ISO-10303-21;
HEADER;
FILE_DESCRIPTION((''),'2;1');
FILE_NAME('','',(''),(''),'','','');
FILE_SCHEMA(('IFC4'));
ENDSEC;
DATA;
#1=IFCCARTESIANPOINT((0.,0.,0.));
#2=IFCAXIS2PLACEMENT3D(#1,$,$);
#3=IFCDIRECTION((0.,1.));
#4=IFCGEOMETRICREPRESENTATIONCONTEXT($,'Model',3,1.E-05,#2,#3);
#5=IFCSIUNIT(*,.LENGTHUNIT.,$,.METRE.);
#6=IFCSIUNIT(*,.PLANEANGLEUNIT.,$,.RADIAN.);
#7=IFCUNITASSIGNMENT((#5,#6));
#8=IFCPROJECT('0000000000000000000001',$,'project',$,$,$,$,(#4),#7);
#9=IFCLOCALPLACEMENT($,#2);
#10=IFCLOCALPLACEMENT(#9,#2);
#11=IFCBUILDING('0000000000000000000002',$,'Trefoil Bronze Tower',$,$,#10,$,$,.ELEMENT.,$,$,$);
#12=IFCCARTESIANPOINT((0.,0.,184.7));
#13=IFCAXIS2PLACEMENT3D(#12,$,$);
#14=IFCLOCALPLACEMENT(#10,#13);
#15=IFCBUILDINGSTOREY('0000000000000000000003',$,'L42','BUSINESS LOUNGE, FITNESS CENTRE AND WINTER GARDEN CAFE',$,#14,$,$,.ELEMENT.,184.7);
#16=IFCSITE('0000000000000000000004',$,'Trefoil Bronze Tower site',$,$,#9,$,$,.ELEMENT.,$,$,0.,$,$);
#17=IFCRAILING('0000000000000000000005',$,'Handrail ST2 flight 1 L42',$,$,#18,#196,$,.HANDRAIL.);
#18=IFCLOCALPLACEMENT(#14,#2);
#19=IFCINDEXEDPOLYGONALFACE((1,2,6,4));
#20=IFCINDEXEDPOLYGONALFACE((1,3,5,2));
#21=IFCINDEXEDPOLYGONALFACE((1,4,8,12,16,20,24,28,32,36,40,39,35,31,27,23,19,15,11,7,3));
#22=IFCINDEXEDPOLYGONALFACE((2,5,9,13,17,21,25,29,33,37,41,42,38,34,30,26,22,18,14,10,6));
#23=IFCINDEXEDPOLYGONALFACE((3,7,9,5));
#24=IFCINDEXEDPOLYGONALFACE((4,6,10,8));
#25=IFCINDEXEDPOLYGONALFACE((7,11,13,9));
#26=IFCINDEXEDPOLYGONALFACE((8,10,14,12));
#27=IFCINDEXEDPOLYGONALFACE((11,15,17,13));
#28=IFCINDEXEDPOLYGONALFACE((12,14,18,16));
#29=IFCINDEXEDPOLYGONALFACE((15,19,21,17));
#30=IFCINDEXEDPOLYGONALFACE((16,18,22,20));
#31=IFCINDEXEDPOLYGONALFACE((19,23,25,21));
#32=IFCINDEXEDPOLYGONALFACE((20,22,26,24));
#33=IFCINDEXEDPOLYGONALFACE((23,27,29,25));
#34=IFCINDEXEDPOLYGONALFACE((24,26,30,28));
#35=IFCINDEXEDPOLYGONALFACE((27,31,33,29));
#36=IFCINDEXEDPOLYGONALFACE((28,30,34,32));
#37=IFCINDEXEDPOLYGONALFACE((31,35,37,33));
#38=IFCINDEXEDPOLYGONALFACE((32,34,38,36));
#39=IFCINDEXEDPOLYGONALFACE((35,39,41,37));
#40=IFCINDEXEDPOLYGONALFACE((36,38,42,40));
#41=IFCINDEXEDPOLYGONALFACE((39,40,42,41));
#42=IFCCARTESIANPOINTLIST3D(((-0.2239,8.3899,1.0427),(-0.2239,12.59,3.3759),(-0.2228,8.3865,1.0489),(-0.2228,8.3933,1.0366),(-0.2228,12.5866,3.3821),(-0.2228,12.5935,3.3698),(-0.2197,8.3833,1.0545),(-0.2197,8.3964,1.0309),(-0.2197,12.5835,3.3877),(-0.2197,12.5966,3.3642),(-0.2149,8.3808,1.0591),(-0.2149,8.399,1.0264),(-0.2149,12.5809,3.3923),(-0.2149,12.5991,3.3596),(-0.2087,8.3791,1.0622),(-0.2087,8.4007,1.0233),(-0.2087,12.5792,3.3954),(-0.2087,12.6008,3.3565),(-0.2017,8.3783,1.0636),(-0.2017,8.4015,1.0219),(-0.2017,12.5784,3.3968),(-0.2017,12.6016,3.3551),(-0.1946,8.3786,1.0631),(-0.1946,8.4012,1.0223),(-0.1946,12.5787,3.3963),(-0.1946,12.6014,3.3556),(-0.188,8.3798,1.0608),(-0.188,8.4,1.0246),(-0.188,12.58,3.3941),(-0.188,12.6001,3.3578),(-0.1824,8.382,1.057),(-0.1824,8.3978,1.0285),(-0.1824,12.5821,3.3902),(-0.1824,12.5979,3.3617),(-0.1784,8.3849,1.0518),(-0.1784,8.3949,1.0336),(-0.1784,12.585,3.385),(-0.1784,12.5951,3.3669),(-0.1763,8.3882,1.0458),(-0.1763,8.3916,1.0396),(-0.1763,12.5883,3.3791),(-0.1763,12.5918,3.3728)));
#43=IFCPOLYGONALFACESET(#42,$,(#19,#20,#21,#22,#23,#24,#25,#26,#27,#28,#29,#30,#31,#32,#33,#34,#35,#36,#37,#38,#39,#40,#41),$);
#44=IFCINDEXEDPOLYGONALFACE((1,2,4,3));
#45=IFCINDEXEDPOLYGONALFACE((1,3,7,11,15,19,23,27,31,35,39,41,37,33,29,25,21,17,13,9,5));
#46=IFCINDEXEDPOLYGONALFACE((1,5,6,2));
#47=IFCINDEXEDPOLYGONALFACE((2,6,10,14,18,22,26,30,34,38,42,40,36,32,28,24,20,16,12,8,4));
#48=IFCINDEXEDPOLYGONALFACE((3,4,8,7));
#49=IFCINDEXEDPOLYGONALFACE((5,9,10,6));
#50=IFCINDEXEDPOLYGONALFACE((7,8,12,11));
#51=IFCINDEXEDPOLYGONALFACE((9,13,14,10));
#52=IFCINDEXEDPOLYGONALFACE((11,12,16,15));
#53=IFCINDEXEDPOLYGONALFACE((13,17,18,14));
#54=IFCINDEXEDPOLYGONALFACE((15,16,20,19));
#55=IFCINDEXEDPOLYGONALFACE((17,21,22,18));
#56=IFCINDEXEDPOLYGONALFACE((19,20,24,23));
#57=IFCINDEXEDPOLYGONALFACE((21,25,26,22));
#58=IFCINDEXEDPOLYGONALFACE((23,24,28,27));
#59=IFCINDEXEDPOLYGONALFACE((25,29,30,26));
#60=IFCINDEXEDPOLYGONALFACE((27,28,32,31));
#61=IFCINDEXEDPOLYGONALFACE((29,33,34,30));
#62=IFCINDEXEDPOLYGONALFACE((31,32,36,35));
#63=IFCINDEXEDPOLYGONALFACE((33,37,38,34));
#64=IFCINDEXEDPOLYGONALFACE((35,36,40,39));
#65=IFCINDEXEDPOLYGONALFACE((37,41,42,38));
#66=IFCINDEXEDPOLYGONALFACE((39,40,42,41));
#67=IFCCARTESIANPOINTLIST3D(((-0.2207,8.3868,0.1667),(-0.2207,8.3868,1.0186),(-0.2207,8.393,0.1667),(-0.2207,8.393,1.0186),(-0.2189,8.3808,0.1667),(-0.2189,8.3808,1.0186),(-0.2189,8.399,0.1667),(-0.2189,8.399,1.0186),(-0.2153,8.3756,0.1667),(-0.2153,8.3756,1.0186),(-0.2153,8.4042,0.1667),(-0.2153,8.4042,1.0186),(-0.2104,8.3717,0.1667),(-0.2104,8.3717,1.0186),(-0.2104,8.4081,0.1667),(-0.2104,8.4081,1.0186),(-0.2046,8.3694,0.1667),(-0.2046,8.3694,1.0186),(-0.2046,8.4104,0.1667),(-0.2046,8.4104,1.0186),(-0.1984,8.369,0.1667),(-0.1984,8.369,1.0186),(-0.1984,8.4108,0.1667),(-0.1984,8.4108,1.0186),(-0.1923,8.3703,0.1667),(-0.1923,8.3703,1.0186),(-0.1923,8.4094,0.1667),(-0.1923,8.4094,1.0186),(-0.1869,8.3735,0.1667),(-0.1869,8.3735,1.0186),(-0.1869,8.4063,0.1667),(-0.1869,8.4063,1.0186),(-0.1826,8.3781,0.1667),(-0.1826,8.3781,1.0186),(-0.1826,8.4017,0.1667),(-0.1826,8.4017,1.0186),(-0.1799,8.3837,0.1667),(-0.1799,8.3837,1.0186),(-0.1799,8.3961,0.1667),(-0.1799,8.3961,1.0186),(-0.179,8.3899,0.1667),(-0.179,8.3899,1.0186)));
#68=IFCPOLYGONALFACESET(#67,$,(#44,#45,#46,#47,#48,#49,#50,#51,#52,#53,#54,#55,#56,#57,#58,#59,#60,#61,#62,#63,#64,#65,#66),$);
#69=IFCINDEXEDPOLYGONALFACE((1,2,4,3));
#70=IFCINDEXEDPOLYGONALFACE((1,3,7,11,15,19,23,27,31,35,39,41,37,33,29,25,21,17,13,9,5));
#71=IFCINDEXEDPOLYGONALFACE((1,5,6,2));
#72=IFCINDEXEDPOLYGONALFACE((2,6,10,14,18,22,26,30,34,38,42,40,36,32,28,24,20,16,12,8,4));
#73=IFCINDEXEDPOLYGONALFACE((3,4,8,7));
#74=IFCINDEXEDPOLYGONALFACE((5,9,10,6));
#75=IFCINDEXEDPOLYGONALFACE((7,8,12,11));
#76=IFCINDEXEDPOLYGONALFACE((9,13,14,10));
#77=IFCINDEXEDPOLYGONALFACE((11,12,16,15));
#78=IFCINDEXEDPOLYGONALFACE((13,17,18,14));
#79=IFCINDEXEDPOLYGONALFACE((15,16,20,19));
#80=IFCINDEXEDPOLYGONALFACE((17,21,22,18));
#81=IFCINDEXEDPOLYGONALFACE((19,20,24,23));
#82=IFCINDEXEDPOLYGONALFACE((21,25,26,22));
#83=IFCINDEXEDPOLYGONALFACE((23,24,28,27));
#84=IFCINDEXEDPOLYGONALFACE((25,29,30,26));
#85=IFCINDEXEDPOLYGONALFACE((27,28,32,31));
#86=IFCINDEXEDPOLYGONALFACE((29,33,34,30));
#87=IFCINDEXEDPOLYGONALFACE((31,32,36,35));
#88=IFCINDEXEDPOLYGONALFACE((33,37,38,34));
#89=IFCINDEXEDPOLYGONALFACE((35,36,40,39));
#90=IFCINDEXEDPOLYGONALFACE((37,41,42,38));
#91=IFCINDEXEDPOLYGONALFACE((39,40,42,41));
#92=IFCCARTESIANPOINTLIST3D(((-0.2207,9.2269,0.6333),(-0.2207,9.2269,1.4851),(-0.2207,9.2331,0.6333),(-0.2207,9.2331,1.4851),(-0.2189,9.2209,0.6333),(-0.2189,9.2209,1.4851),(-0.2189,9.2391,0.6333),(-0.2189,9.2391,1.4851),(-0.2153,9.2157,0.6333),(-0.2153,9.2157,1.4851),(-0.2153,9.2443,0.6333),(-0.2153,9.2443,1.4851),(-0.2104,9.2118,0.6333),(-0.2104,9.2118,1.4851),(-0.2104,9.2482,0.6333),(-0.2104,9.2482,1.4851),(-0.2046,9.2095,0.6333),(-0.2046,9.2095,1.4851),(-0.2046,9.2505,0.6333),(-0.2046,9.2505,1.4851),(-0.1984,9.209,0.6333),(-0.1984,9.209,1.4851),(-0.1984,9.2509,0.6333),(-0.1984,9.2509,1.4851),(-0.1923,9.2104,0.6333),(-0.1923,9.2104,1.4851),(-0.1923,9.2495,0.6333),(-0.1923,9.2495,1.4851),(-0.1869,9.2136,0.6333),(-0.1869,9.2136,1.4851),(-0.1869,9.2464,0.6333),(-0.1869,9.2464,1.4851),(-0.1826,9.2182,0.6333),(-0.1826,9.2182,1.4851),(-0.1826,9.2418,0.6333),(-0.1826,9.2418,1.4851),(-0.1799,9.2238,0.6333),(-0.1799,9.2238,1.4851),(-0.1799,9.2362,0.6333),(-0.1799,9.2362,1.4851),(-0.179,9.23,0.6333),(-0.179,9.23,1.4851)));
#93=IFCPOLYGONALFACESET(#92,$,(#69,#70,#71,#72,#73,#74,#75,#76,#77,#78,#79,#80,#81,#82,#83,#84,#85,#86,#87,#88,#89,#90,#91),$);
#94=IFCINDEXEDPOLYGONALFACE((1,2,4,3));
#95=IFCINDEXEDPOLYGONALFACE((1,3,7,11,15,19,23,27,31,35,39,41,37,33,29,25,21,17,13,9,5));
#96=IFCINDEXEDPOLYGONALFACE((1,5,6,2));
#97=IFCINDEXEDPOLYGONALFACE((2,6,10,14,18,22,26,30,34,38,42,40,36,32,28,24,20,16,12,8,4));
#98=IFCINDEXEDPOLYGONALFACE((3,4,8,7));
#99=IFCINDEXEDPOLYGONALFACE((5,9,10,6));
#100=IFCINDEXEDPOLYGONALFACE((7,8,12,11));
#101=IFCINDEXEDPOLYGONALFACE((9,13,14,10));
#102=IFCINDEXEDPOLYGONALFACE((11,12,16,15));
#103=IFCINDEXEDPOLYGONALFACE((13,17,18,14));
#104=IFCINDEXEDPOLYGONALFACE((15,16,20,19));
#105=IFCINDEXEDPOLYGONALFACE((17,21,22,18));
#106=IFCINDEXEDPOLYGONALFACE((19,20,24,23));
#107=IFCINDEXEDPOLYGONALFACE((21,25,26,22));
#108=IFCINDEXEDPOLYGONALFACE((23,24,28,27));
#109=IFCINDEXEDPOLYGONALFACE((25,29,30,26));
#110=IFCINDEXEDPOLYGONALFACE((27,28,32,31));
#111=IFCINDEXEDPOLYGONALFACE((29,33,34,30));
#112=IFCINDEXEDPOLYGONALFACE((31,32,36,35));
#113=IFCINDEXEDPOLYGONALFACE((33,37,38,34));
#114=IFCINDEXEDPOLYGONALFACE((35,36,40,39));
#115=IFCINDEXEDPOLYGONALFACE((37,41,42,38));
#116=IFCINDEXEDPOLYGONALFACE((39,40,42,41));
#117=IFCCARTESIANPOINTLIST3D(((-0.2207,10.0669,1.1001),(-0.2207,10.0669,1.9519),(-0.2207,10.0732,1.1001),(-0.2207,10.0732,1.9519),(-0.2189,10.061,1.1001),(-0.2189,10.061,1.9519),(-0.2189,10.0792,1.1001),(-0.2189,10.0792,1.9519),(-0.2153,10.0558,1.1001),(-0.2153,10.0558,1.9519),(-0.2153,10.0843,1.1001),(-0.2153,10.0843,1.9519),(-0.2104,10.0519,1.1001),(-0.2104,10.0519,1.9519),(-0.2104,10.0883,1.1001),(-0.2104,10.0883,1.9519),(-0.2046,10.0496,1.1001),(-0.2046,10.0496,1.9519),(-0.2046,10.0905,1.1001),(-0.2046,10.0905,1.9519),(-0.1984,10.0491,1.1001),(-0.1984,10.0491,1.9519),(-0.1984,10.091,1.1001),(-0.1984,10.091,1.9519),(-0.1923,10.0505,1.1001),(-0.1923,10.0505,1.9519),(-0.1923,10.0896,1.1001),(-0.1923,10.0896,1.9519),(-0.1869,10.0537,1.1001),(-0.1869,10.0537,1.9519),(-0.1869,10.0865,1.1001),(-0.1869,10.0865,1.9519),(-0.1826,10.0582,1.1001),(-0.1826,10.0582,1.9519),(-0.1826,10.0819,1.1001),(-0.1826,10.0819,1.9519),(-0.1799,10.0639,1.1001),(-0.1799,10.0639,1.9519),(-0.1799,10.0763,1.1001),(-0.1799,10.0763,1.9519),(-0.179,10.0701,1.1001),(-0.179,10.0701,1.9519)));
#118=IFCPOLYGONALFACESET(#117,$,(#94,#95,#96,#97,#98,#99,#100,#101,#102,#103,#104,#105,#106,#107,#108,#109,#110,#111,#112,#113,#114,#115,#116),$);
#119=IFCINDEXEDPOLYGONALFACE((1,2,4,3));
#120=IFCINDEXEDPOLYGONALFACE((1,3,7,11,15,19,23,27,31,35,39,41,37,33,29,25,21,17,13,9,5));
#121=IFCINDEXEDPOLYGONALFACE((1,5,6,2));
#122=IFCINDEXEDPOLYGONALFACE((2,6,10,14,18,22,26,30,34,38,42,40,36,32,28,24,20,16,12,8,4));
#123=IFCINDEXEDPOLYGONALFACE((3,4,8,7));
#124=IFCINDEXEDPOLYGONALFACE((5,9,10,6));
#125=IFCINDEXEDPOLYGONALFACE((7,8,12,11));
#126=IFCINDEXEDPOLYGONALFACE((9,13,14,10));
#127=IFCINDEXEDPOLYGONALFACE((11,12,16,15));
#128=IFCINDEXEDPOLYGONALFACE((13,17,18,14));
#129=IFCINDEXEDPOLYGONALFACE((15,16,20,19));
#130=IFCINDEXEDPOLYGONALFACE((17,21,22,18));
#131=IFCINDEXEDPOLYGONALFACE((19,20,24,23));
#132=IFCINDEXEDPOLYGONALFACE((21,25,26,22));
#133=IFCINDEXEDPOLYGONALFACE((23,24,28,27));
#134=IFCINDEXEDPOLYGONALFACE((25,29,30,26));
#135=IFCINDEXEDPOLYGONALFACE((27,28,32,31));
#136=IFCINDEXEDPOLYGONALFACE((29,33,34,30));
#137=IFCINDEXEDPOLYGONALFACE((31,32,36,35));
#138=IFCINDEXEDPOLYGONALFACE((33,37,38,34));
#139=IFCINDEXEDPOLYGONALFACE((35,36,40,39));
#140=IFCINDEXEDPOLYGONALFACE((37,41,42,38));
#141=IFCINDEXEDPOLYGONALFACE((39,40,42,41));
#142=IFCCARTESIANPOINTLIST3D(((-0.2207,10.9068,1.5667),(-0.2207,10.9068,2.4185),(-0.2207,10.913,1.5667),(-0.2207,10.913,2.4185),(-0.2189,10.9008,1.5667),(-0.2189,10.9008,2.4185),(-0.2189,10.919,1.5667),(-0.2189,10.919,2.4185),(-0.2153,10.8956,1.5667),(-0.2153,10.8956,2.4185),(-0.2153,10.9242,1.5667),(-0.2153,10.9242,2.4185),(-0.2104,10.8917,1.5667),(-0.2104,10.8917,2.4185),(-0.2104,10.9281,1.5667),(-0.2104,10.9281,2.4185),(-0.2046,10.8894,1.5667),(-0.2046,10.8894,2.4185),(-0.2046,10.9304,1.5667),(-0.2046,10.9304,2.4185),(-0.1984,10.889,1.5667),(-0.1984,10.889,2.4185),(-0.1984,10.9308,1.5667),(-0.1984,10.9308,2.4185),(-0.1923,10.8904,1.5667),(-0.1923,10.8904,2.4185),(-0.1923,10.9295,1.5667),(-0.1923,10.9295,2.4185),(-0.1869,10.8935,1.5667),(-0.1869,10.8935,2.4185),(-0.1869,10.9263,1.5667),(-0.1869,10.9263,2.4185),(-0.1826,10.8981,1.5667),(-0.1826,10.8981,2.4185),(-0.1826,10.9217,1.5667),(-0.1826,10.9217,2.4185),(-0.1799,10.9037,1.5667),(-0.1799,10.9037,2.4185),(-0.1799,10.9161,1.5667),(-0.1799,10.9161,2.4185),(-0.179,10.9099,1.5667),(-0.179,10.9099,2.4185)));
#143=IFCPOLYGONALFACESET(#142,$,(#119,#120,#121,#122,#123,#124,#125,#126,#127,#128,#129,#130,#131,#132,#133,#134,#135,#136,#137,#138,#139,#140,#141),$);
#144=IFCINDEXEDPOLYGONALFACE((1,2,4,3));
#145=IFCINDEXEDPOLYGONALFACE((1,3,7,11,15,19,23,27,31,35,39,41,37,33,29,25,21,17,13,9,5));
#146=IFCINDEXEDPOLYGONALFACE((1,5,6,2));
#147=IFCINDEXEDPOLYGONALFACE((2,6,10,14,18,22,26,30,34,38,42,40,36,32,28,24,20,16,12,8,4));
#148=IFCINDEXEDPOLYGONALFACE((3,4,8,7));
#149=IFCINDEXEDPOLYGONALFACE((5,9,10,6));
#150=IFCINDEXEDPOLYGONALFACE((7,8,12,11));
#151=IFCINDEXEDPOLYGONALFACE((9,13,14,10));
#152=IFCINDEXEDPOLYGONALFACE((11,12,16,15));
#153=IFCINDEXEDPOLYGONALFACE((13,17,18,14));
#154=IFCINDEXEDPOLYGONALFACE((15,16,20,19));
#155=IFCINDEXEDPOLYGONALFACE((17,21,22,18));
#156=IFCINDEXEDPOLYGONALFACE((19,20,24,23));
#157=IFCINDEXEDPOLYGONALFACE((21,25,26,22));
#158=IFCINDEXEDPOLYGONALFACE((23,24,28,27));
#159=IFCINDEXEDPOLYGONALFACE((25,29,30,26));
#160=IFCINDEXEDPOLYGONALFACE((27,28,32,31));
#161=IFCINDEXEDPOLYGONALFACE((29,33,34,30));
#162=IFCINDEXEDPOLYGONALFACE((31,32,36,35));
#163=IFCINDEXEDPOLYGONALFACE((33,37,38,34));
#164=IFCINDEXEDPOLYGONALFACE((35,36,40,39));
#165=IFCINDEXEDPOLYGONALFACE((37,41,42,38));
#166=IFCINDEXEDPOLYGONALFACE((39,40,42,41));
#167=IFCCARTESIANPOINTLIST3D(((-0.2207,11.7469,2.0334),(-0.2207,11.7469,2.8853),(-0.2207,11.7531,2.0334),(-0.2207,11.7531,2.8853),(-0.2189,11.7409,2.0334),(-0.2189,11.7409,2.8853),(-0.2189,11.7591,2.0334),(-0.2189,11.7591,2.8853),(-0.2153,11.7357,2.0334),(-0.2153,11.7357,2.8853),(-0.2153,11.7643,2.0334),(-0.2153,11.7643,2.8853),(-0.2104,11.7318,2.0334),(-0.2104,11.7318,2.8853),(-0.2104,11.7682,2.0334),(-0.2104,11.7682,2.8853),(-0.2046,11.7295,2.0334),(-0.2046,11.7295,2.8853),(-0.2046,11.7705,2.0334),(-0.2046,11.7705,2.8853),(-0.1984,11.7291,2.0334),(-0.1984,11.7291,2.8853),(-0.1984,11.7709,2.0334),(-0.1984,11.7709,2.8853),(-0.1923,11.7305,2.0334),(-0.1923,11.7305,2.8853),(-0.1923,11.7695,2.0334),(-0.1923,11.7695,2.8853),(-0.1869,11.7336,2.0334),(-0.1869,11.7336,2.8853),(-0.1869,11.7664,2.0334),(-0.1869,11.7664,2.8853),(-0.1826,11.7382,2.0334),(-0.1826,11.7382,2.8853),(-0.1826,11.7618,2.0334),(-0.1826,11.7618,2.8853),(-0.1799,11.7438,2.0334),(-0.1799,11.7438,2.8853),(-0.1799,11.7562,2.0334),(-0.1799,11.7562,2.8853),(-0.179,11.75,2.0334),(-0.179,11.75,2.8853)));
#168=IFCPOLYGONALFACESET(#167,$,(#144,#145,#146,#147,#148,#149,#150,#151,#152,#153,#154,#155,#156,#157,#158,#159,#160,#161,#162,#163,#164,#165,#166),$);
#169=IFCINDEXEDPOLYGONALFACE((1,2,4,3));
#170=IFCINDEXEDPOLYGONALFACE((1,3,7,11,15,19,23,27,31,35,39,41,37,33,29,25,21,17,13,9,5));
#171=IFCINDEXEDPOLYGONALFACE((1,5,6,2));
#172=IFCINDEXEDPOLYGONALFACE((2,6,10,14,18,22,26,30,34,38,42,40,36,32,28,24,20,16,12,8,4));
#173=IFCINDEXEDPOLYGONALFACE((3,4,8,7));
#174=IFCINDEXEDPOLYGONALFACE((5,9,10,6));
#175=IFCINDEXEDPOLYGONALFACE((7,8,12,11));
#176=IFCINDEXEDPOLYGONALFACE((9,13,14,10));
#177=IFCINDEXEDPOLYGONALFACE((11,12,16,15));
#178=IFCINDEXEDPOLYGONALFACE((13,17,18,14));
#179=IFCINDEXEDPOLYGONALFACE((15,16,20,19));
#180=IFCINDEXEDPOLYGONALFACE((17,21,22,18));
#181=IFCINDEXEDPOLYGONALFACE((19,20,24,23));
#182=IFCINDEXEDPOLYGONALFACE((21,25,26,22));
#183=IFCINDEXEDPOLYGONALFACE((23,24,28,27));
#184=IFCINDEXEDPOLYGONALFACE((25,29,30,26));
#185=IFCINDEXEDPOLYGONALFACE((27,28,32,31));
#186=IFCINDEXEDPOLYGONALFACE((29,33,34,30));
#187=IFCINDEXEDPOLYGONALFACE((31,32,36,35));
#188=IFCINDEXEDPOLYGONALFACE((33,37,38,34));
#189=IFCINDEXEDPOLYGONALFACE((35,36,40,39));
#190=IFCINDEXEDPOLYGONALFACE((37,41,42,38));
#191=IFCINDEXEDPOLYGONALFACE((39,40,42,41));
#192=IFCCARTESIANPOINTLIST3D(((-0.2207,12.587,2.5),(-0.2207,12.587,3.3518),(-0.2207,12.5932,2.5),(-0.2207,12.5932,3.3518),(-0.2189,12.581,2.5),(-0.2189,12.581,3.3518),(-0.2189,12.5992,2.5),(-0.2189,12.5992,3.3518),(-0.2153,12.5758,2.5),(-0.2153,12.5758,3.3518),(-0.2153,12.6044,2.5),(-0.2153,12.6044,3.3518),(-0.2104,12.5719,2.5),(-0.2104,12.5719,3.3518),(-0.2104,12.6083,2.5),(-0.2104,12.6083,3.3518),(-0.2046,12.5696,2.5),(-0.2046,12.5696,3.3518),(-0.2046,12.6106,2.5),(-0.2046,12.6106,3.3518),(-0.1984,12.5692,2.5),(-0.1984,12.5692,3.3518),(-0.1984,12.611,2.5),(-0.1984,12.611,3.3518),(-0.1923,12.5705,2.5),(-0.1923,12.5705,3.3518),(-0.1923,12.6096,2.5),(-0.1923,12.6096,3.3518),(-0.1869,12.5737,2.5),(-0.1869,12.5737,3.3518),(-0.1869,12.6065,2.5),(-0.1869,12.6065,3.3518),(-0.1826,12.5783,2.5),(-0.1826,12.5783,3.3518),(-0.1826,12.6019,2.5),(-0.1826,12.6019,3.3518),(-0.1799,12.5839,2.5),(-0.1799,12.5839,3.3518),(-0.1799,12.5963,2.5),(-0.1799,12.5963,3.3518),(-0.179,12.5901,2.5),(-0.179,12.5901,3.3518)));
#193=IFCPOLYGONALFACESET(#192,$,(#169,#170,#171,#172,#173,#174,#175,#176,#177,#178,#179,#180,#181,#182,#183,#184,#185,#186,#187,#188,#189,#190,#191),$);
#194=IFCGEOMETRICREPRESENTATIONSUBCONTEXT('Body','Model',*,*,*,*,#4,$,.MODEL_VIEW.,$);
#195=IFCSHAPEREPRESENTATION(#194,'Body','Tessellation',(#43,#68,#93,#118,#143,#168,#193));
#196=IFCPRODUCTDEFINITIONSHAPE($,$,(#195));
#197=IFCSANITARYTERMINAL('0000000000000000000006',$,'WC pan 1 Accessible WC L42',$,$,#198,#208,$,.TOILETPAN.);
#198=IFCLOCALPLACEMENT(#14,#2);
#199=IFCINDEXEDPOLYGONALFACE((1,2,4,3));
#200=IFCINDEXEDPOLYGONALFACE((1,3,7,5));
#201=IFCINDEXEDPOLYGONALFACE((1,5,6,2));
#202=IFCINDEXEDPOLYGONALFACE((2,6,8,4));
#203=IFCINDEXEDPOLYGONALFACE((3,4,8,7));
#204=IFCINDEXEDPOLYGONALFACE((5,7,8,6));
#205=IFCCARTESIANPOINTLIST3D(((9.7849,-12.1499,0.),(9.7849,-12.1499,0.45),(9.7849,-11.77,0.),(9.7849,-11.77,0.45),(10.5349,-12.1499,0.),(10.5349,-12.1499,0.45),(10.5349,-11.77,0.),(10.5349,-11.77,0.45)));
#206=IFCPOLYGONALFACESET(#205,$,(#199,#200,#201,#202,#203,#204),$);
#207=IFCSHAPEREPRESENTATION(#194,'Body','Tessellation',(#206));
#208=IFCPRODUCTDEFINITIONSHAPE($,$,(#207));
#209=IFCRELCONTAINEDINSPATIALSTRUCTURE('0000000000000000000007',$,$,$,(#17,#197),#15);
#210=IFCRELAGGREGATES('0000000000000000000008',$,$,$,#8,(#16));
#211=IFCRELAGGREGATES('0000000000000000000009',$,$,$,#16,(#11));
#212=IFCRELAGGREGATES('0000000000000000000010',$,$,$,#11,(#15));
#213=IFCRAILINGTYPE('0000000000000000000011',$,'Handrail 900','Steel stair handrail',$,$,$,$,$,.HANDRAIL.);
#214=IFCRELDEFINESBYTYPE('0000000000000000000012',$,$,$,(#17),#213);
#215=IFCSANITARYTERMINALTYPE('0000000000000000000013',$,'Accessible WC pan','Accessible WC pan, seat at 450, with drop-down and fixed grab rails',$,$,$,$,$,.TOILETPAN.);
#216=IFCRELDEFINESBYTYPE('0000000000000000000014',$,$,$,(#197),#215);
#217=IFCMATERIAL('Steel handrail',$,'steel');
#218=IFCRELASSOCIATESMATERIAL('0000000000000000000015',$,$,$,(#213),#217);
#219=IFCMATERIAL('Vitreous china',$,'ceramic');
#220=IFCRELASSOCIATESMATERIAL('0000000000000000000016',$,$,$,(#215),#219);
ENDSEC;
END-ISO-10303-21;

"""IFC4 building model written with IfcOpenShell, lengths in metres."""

from ifc_helpers import new_model, si_unit, direction, frame, origin, origin_2d, place, context, subcontext, project, spatial, polyline, circle, outline, extrude, material, type_object, element, save


model = new_model("IFC4")

# Units and contexts
model_context = context("Model", 3, precision=1e-05, world=origin(), true_north=direction((0.0, 1.0)))
body_context = subcontext(model_context, "Body", "Model", "MODEL_VIEW")
ifc_project = project(units=[si_unit("LENGTHUNIT", "METRE"), si_unit("PLANEANGLEUNIT", "RADIAN")], contexts=[model_context])

# Site, building, storey
site_placement = place(None, origin())
site = spatial("IfcSite", under=ifc_project, at=site_placement, Name="Trefoil Bronze Tower site", CompositionType="ELEMENT", RefElevation=0.0)
building_placement = place(site_placement, origin())
building = spatial("IfcBuilding", under=site, at=building_placement, Name="Trefoil Bronze Tower", CompositionType="ELEMENT")
storey_placement = place(building_placement, frame((0.0, 0.0, 184.7)))
storey = spatial("IfcBuildingStorey", under=building, at=storey_placement, Name="L42", Description="BUSINESS LOUNGE, FITNESS CENTRE AND WINTER GARDEN CAFE", CompositionType="ELEMENT", Elevation=184.7)

# Railing
ifc_material_1 = material(Name="Steel handrail", Category="steel")
railing_type = type_object("IfcRailingType", Name="Handrail 900", Description="Steel stair handrail", PredefinedType="HANDRAIL", material=ifc_material_1)
railing_placement = place(storey_placement, frame((-0.2, 8.3899, 0.1667)))
element("IfcRailing", 1, at=railing_placement, inside=storey, type_object=railing_type, Name="Handrail ST2 flight 1 L42", PredefinedType="HANDRAIL", context=body_context, shape_type="SweptSolid", body=[
    extrude(circle(Radius=0.0239, at=origin_2d()), frame((0.0, 0.0, 0.876), z_axis=(0.0, 0.874174, 0.485613), x_axis=(-1.0, 0.0, 0.0)), (0.0, 0.0, 1.0), 4.8047),
    extrude(circle(Radius=0.021, at=origin_2d()), origin(), (0.0, 0.0, 1.0), 0.8518),
    extrude(circle(Radius=0.021, at=origin_2d()), frame((0.0, 0.8401, 0.4666)), (0.0, 0.0, 1.0), 0.8518),
    extrude(circle(Radius=0.021, at=origin_2d()), frame((0.0, 1.6802, 0.9333)), (0.0, 0.0, 1.0), 0.8518),
    extrude(circle(Radius=0.021, at=origin_2d()), frame((0.0, 2.52, 1.3999)), (0.0, 0.0, 1.0), 0.8518),
    extrude(circle(Radius=0.021, at=origin_2d()), frame((0.0, 3.3601, 1.8667)), (0.0, 0.0, 1.0), 0.8518),
    extrude(circle(Radius=0.021, at=origin_2d()), frame((0.0, 4.2002, 2.3333)), (0.0, 0.0, 1.0), 0.8518),
])

# Sanitary terminal
ifc_material_2 = material(Name="Vitreous china", Category="ceramic")
sanitary_terminal_type_1 = type_object("IfcSanitaryTerminalType", Name="Accessible WC pan", Description="Accessible WC pan, seat at 450, with drop-down and fixed grab rails", PredefinedType="TOILETPAN", material=ifc_material_2)
sanitary_terminal_1_placement = place(storey_placement, origin())
element("IfcSanitaryTerminal", 2, at=sanitary_terminal_1_placement, inside=storey, type_object=sanitary_terminal_type_1, Name="WC pan 1 Accessible WC L42", PredefinedType="TOILETPAN", context=body_context, shape_type="SweptSolid", body=[
    extrude(outline(polyline([(9.7849, -11.77), (10.5349, -11.77), (10.5349, -12.1499), (9.7849, -12.1499), (9.7849, -11.77)])), origin(), (0.0, 0.0, 1.0), 0.45),
])

save(model, "model.ifc")
